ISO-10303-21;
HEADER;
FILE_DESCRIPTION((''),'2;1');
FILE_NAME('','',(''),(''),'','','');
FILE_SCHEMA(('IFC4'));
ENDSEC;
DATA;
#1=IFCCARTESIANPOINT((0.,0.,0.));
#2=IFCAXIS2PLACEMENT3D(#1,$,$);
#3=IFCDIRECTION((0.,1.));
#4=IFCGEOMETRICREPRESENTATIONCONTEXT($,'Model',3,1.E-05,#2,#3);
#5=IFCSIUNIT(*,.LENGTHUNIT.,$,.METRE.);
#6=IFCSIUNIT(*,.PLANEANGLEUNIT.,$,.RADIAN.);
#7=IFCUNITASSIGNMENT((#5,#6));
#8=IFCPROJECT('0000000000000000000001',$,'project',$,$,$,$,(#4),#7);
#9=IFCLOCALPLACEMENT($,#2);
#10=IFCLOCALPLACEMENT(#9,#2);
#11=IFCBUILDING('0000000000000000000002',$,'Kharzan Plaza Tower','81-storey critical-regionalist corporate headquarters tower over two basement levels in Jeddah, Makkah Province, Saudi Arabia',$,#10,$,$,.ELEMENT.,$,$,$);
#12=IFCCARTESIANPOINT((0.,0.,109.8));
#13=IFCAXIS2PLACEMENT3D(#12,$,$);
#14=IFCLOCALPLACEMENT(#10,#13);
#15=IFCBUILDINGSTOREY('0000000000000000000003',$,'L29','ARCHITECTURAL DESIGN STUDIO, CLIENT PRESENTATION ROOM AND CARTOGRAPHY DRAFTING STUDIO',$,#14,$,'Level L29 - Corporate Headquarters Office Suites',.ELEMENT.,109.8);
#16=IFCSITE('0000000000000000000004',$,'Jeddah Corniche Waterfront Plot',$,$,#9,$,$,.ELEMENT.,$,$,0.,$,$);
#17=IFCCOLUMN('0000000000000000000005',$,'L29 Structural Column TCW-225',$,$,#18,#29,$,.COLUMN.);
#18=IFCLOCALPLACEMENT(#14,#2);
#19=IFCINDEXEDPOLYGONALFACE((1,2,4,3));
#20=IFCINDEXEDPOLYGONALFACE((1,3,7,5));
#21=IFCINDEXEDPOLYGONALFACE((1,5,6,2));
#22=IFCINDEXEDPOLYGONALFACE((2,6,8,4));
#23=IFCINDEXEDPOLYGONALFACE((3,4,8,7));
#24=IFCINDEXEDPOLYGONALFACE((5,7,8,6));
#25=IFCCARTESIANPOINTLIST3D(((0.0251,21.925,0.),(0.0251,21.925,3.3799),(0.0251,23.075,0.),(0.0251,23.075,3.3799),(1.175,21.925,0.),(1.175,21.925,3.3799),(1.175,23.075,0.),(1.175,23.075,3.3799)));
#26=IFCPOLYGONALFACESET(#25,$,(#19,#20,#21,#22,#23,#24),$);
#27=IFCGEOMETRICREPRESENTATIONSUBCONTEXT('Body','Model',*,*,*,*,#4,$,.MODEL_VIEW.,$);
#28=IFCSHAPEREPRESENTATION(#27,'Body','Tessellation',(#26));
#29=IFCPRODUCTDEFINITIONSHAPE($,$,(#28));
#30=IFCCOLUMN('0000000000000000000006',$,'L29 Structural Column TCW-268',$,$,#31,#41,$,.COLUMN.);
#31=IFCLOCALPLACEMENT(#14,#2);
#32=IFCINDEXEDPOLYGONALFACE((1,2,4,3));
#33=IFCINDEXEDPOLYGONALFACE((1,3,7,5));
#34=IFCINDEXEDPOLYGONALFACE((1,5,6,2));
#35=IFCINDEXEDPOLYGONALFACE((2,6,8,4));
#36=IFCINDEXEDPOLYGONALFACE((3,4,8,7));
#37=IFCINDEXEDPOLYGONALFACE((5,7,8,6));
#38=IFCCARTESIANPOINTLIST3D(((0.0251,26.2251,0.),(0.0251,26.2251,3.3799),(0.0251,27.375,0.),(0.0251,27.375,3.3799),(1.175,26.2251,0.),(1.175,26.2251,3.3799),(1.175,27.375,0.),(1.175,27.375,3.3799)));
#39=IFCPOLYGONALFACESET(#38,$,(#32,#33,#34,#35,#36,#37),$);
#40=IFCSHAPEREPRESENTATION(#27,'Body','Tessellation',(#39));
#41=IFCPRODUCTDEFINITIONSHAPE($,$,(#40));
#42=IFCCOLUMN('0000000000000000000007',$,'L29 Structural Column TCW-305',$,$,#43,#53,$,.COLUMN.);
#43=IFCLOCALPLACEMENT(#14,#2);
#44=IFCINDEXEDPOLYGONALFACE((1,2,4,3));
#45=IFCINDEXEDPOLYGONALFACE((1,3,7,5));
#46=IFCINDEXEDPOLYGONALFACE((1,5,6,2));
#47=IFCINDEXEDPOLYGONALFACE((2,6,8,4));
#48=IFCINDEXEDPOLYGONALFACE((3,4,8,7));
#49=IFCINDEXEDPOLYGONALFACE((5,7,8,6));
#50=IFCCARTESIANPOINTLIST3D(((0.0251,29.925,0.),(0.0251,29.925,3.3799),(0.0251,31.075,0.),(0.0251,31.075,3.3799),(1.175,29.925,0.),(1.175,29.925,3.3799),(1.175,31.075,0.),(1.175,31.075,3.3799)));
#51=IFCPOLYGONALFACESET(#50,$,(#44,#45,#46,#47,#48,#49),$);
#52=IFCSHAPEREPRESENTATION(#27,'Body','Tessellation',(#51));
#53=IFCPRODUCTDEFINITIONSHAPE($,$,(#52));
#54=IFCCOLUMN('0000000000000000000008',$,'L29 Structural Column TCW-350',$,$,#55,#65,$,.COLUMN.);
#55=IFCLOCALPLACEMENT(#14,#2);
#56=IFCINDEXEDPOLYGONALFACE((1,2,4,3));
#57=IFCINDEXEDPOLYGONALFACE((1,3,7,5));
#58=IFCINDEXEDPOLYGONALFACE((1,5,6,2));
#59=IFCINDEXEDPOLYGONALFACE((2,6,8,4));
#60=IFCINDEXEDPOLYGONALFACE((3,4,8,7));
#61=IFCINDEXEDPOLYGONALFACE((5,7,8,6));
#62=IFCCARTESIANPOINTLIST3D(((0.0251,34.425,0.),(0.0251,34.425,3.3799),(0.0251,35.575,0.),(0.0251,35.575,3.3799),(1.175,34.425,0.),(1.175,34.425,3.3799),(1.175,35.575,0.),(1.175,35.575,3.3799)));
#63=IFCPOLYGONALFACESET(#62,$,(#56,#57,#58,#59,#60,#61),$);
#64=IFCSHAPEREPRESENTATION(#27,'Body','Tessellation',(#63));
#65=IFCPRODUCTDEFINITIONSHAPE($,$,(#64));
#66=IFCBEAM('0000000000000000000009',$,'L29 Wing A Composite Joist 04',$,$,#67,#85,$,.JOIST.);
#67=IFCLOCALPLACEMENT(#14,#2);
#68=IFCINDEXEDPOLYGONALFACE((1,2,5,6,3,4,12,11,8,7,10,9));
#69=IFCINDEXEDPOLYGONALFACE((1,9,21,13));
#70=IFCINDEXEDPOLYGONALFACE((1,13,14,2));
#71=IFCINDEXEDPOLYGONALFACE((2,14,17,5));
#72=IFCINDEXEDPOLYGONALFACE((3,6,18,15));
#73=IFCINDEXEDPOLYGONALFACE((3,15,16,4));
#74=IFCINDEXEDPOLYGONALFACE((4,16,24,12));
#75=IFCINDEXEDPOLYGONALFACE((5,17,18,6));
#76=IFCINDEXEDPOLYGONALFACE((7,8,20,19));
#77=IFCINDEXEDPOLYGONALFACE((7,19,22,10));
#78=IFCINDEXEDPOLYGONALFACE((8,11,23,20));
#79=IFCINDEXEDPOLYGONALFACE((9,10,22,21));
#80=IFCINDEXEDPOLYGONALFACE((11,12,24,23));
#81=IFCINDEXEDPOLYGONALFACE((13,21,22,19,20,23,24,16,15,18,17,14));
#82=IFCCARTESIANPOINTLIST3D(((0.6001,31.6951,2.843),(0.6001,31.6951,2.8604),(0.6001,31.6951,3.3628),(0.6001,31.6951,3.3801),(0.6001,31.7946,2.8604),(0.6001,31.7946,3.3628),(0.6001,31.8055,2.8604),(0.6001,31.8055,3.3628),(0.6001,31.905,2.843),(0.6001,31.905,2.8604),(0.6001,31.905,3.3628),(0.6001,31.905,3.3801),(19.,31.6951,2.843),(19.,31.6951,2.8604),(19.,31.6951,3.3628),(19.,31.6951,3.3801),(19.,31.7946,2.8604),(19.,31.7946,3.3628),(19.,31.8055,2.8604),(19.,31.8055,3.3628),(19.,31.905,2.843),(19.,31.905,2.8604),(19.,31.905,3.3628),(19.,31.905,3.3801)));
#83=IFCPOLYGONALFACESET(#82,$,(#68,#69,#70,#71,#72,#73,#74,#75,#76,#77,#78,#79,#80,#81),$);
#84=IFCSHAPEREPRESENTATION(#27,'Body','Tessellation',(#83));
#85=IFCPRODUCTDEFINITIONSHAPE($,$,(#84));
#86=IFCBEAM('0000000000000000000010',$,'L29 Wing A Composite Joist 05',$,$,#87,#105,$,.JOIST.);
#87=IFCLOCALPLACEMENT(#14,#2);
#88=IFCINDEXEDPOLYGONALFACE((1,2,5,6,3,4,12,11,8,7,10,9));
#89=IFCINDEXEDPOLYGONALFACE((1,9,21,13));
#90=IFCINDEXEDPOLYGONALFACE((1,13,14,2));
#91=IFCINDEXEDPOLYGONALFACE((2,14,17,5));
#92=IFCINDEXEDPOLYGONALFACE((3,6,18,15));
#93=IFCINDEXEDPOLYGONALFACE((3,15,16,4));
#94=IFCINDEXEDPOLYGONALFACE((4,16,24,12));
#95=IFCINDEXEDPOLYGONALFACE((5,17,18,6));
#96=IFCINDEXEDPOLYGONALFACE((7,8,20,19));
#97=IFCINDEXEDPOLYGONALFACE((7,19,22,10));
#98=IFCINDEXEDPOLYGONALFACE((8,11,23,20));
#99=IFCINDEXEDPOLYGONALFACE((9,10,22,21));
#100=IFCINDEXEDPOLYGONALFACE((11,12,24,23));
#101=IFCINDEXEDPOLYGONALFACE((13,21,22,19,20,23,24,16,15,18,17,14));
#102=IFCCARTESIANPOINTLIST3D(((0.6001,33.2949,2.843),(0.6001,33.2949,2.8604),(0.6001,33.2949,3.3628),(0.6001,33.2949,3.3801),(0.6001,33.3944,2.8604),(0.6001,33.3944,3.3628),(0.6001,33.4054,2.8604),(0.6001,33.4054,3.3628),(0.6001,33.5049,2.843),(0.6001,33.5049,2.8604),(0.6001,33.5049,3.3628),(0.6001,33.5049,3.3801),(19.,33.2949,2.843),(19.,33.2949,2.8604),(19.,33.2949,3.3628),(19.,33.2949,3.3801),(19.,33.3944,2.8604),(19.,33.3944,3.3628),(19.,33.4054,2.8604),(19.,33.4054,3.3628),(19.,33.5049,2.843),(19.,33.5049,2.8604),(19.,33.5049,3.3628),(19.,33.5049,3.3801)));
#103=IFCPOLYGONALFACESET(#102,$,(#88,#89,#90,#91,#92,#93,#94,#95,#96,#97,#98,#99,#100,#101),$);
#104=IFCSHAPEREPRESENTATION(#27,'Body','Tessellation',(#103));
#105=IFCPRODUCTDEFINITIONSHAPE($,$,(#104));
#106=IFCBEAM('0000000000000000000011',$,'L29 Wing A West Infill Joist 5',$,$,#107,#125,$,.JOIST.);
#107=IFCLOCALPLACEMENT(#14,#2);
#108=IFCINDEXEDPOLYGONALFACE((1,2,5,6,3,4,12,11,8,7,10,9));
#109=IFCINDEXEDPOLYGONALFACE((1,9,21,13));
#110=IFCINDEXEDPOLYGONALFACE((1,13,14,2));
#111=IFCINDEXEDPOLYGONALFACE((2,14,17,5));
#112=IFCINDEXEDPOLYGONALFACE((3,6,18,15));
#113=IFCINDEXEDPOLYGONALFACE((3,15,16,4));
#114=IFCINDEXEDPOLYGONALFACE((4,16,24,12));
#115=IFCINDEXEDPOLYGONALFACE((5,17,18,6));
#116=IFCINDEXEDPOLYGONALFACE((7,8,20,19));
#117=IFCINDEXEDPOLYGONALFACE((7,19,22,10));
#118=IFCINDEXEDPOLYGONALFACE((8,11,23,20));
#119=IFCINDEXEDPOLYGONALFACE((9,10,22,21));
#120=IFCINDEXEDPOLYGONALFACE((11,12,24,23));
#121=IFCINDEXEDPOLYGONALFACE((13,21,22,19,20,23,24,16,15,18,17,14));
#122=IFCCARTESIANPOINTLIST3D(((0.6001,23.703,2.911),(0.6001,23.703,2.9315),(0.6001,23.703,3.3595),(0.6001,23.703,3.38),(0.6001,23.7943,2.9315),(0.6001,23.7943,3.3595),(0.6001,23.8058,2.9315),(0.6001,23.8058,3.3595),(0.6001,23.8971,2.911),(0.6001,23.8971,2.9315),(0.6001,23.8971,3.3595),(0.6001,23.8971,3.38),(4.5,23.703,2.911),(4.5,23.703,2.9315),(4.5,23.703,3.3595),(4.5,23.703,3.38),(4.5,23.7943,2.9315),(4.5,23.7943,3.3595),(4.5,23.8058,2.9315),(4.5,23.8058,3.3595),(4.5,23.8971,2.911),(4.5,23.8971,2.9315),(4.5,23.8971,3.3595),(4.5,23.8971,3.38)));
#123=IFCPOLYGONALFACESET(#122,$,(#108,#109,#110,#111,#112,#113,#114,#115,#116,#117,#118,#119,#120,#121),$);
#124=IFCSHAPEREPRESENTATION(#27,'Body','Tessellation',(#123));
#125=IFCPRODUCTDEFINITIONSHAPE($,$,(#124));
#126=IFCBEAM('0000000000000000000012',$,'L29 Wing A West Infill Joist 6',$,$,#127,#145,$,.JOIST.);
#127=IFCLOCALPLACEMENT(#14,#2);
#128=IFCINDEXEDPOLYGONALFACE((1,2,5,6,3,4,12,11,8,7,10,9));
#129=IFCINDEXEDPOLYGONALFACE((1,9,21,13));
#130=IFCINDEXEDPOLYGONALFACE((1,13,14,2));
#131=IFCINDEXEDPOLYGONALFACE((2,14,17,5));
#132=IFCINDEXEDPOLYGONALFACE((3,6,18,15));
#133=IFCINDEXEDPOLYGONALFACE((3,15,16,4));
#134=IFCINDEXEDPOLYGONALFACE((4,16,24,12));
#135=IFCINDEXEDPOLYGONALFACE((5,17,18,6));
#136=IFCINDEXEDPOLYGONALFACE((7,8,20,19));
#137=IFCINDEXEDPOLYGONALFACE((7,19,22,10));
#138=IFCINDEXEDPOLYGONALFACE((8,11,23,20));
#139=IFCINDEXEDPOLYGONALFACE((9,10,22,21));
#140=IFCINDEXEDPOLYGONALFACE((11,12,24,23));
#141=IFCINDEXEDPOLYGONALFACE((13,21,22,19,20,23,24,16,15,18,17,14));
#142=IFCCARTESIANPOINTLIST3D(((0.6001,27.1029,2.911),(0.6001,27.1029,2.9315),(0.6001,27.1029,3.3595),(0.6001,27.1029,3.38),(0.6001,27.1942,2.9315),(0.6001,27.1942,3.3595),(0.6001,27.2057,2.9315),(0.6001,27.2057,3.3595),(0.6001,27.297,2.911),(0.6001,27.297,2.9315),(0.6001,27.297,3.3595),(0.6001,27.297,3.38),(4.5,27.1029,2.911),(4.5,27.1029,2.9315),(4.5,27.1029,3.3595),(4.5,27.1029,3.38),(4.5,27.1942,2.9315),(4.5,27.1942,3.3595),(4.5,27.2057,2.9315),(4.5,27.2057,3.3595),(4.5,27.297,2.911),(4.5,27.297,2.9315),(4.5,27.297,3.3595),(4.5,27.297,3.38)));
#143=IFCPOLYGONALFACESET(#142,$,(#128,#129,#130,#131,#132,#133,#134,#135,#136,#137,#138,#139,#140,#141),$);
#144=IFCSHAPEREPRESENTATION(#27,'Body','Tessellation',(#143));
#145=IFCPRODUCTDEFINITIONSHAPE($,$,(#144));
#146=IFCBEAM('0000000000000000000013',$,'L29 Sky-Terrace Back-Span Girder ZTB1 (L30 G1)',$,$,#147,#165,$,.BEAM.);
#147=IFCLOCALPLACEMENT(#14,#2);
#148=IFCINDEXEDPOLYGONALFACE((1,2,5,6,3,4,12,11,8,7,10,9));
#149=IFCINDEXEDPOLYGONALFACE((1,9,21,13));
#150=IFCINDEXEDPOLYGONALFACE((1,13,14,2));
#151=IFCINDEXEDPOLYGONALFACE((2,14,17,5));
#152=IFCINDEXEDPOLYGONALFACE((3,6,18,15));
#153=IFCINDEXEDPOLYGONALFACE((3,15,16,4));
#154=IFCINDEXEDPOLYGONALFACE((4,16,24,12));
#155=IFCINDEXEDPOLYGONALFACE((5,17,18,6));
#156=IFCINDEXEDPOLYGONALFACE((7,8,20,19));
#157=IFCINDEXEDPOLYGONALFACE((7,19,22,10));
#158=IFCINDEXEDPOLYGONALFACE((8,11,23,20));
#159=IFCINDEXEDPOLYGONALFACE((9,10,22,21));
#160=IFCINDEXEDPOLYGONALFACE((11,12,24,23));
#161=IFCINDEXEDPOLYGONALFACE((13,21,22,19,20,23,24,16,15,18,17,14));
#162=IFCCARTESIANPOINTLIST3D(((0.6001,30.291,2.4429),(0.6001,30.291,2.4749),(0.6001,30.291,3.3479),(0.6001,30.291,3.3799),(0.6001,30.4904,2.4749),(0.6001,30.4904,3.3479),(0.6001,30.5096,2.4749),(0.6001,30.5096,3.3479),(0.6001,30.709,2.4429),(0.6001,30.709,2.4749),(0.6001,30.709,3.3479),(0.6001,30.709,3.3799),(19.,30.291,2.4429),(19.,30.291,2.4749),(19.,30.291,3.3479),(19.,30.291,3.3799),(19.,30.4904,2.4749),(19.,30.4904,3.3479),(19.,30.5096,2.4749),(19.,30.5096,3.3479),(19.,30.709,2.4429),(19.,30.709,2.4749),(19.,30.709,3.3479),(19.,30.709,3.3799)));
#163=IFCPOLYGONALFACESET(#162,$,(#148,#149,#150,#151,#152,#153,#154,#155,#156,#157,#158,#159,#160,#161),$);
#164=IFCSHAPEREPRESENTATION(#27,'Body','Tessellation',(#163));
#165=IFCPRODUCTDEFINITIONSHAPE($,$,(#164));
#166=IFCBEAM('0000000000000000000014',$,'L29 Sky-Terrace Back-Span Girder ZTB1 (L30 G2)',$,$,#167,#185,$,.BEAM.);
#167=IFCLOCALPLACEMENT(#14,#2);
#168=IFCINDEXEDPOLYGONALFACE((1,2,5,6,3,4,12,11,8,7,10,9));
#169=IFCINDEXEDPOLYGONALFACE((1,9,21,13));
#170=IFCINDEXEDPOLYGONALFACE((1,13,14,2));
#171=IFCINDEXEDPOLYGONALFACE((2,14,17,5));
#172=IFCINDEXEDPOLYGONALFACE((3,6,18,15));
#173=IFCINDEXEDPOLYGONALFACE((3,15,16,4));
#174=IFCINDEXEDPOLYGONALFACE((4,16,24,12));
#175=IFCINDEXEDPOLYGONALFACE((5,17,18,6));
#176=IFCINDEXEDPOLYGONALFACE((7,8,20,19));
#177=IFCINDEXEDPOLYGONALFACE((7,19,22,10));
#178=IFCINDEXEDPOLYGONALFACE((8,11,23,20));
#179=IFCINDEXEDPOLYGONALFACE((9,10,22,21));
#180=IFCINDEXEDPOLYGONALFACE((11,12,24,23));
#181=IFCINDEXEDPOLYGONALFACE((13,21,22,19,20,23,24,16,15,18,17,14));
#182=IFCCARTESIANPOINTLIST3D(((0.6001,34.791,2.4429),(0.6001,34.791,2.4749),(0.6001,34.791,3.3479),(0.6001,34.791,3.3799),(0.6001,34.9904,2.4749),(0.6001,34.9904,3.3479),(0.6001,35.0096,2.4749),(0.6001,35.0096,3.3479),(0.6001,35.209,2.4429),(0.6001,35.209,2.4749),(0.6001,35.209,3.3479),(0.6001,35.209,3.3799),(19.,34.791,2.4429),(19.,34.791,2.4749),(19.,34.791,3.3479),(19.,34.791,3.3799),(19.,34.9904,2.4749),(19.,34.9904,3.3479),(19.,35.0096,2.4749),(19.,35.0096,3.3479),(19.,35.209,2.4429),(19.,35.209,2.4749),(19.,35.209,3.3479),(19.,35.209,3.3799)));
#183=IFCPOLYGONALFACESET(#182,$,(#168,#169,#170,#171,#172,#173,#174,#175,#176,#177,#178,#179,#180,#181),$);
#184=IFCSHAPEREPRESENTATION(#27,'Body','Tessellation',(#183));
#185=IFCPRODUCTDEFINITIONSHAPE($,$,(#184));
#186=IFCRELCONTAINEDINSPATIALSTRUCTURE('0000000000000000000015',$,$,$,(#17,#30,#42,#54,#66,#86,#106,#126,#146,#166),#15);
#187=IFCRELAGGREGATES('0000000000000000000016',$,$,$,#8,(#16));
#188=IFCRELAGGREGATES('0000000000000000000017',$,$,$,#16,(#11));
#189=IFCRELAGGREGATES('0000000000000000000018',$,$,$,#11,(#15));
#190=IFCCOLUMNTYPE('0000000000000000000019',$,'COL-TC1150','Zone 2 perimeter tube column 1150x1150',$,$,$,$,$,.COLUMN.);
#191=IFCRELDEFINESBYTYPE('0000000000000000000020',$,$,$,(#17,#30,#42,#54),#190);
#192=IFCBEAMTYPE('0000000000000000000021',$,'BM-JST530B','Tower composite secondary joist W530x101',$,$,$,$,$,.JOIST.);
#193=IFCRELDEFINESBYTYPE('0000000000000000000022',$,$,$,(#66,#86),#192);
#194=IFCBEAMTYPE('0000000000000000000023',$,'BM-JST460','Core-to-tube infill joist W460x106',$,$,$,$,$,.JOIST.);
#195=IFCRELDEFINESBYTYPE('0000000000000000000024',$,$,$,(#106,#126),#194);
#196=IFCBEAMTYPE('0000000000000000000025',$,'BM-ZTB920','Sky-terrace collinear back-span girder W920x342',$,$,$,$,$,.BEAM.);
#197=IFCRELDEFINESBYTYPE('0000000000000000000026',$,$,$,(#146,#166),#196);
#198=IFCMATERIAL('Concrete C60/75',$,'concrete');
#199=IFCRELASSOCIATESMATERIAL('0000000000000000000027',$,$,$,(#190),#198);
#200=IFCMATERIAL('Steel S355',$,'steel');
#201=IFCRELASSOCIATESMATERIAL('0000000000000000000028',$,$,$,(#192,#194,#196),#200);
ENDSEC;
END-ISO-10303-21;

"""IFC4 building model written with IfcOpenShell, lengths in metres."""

from ifc_helpers import new_model, si_unit, direction, frame, origin, origin_2d, place, context, subcontext, project, spatial, rectangle, i_section, extrude, source, transform, mapped, material, material_profile, profile_set, type_object, element, save


model = new_model("IFC4")

# Units and contexts
model_context = context("Model", 3, precision=1e-05, world=origin(), true_north=direction((0.0, 1.0)))
body_context = subcontext(model_context, "Body", "Model", "MODEL_VIEW")
ifc_project = project(units=[si_unit("LENGTHUNIT", "METRE"), si_unit("PLANEANGLEUNIT", "RADIAN")], contexts=[model_context])

# Site, building, storey
site_placement = place(None, origin())
site = spatial("IfcSite", under=ifc_project, at=site_placement, Name="Jeddah Corniche Waterfront Plot", CompositionType="ELEMENT", RefElevation=0.0)
building_placement = place(site_placement, origin())
building = spatial("IfcBuilding", under=site, at=building_placement, Name="Kharzan Plaza Tower", Description="81-storey critical-regionalist corporate headquarters tower over two basement levels in Jeddah, Makkah Province, Saudi Arabia", CompositionType="ELEMENT")
storey_placement = place(building_placement, frame((0.0, 0.0, 109.8)))
storey = spatial("IfcBuildingStorey", under=building, at=storey_placement, Name="L29", Description="ARCHITECTURAL DESIGN STUDIO, CLIENT PRESENTATION ROOM AND CARTOGRAPHY DRAFTING STUDIO", LongName="Level L29 - Corporate Headquarters Office Suites", CompositionType="ELEMENT", Elevation=109.8)

# Columns
ifc_material_1 = material(Name="Concrete C60/75", Category="concrete")
ifc_material_profile_1 = material_profile(ifc_material_1, rectangle(XDim=1.1499, YDim=1.1499, at=origin_2d()), Name="RC-TC1150x1150")
ifc_profile_set_1 = profile_set([ifc_material_profile_1], Name="Concrete C60/75")
column_type = type_object("IfcColumnType", Name="COL-TC1150", Description="Zone 2 perimeter tube column 1150x1150", PredefinedType="COLUMN", material=ifc_profile_set_1)
shared_shape_1 = source(origin(), body_context, "Body", "SweptSolid", [
    extrude(rectangle(XDim=1.1499, YDim=1.1499, at=origin_2d()), origin(), (0.0, 0.0, 1.0), 3.3799),
])
for number, where, z_axis, x_axis, name in (
    (1, (0.6001, 22.5, 0.0), (0.0, 0.0, 1.0), (1.0, 0.0, 0.0), "L29 Structural Column TCW-225"),
    (2, (0.6001, 26.8, 0.0), (0.0, 0.0, 1.0), (1.0, 0.0, 0.0), "L29 Structural Column TCW-268"),
    (3, (0.6001, 30.5, 0.0), (0.0, 0.0, 1.0), (1.0, 0.0, 0.0), "L29 Structural Column TCW-305"),
    (4, (0.6001, 35.0, 0.0), (0.0, 0.0, 1.0), (1.0, 0.0, 0.0), "L29 Structural Column TCW-350"),
):
    element("IfcColumn", number, at=place(storey_placement, frame(where, z_axis=z_axis, x_axis=x_axis)), inside=storey, type_object=column_type, Name=name, PredefinedType="COLUMN", context=body_context, shape_type="MappedRepresentation", body=[
        mapped(shared_shape_1, transform((0.0, 0.0, 0.0), x_axis=(1.0, 0.0, 0.0), y_axis=(0.0, 1.0, 0.0), z_axis=(0.0, 0.0, 1.0))),
    ])

# Beams
ifc_material_2 = material(Name="Steel S355", Category="steel")
ifc_material_profile_2 = material_profile(ifc_material_2, i_section(OverallWidth=0.21, OverallDepth=0.5371, WebThickness=0.011, FlangeThickness=0.0173, at=origin_2d()), Name="W530x101")
ifc_profile_set_2 = profile_set([ifc_material_profile_2], Name="Steel S355")
beam_type_1 = type_object("IfcBeamType", Name="BM-JST530B", Description="Tower composite secondary joist W530x101", PredefinedType="JOIST", material=ifc_profile_set_2)
shared_shape_2 = source(origin(), body_context, "Body", "SweptSolid", [
    extrude(i_section(OverallWidth=0.21, OverallDepth=0.5371, WebThickness=0.011, FlangeThickness=0.0173, at=origin_2d()), origin(), (0.0, 0.0, 1.0), 18.3999),
])
for number, where, z_axis, x_axis, name in (
    (5, (0.6001, 31.8, 3.1116), (1.0, 0.0, 0.0), (0.0, 1.0, 0.0), "L29 Wing A Composite Joist 04"),
    (6, (0.6001, 33.3999, 3.1116), (1.0, 0.0, 0.0), (0.0, 1.0, 0.0), "L29 Wing A Composite Joist 05"),
):
    element("IfcBeam", number, at=place(storey_placement, frame(where, z_axis=z_axis, x_axis=x_axis)), inside=storey, type_object=beam_type_1, Name=name, PredefinedType="JOIST", context=body_context, shape_type="MappedRepresentation", body=[
        mapped(shared_shape_2, transform((0.0, 0.0, 0.0), x_axis=(1.0, 0.0, 0.0), y_axis=(0.0, 1.0, 0.0), z_axis=(0.0, 0.0, 1.0))),
    ])
ifc_material_profile_3 = material_profile(ifc_material_2, i_section(OverallWidth=0.1941, OverallDepth=0.469, WebThickness=0.0115, FlangeThickness=0.0205, at=origin_2d()), Name="W460x106")
ifc_profile_set_3 = profile_set([ifc_material_profile_3], Name="Steel S355")
beam_type_2 = type_object("IfcBeamType", Name="BM-JST460", Description="Core-to-tube infill joist W460x106", PredefinedType="JOIST", material=ifc_profile_set_3)
shared_shape_3 = source(origin(), body_context, "Body", "SweptSolid", [
    extrude(i_section(OverallWidth=0.1941, OverallDepth=0.469, WebThickness=0.0115, FlangeThickness=0.0205, at=origin_2d()), origin(), (0.0, 0.0, 1.0), 3.8999),
])
for number, where, z_axis, x_axis, name in (
    (7, (0.6001, 23.8, 3.1455), (1.0, 0.0, 0.0), (0.0, 1.0, 0.0), "L29 Wing A West Infill Joist 5"),
    (8, (0.6001, 27.2, 3.1455), (1.0, 0.0, 0.0), (0.0, 1.0, 0.0), "L29 Wing A West Infill Joist 6"),
):
    element("IfcBeam", number, at=place(storey_placement, frame(where, z_axis=z_axis, x_axis=x_axis)), inside=storey, type_object=beam_type_2, Name=name, PredefinedType="JOIST", context=body_context, shape_type="MappedRepresentation", body=[
        mapped(shared_shape_3, transform((0.0, 0.0, 0.0), x_axis=(1.0, 0.0, 0.0), y_axis=(0.0, 1.0, 0.0), z_axis=(0.0, 0.0, 1.0))),
    ])
ifc_material_profile_4 = material_profile(ifc_material_2, i_section(OverallWidth=0.418, OverallDepth=0.937, WebThickness=0.0193, FlangeThickness=0.032, at=origin_2d()), Name="W920x342")
ifc_profile_set_4 = profile_set([ifc_material_profile_4], Name="Steel S355")
beam_type_3 = type_object("IfcBeamType", Name="BM-ZTB920", Description="Sky-terrace collinear back-span girder W920x342", PredefinedType="BEAM", material=ifc_profile_set_4)
shared_shape_4 = source(origin(), body_context, "Body", "SweptSolid", [
    extrude(i_section(OverallWidth=0.418, OverallDepth=0.937, WebThickness=0.0193, FlangeThickness=0.032, at=origin_2d()), origin(), (0.0, 0.0, 1.0), 18.3999),
])
for number, where, z_axis, x_axis, name in (
    (9, (0.6001, 30.5, 2.9114), (1.0, 0.0, 0.0), (0.0, 1.0, 0.0), "L29 Sky-Terrace Back-Span Girder ZTB1 (L30 G1)"),
    (10, (0.6001, 35.0, 2.9114), (1.0, 0.0, 0.0), (0.0, 1.0, 0.0), "L29 Sky-Terrace Back-Span Girder ZTB1 (L30 G2)"),
):
    element("IfcBeam", number, at=place(storey_placement, frame(where, z_axis=z_axis, x_axis=x_axis)), inside=storey, type_object=beam_type_3, Name=name, PredefinedType="BEAM", context=body_context, shape_type="MappedRepresentation", body=[
        mapped(shared_shape_4, transform((0.0, 0.0, 0.0), x_axis=(1.0, 0.0, 0.0), y_axis=(0.0, 1.0, 0.0), z_axis=(0.0, 0.0, 1.0))),
    ])

save(model, "model.ifc")
